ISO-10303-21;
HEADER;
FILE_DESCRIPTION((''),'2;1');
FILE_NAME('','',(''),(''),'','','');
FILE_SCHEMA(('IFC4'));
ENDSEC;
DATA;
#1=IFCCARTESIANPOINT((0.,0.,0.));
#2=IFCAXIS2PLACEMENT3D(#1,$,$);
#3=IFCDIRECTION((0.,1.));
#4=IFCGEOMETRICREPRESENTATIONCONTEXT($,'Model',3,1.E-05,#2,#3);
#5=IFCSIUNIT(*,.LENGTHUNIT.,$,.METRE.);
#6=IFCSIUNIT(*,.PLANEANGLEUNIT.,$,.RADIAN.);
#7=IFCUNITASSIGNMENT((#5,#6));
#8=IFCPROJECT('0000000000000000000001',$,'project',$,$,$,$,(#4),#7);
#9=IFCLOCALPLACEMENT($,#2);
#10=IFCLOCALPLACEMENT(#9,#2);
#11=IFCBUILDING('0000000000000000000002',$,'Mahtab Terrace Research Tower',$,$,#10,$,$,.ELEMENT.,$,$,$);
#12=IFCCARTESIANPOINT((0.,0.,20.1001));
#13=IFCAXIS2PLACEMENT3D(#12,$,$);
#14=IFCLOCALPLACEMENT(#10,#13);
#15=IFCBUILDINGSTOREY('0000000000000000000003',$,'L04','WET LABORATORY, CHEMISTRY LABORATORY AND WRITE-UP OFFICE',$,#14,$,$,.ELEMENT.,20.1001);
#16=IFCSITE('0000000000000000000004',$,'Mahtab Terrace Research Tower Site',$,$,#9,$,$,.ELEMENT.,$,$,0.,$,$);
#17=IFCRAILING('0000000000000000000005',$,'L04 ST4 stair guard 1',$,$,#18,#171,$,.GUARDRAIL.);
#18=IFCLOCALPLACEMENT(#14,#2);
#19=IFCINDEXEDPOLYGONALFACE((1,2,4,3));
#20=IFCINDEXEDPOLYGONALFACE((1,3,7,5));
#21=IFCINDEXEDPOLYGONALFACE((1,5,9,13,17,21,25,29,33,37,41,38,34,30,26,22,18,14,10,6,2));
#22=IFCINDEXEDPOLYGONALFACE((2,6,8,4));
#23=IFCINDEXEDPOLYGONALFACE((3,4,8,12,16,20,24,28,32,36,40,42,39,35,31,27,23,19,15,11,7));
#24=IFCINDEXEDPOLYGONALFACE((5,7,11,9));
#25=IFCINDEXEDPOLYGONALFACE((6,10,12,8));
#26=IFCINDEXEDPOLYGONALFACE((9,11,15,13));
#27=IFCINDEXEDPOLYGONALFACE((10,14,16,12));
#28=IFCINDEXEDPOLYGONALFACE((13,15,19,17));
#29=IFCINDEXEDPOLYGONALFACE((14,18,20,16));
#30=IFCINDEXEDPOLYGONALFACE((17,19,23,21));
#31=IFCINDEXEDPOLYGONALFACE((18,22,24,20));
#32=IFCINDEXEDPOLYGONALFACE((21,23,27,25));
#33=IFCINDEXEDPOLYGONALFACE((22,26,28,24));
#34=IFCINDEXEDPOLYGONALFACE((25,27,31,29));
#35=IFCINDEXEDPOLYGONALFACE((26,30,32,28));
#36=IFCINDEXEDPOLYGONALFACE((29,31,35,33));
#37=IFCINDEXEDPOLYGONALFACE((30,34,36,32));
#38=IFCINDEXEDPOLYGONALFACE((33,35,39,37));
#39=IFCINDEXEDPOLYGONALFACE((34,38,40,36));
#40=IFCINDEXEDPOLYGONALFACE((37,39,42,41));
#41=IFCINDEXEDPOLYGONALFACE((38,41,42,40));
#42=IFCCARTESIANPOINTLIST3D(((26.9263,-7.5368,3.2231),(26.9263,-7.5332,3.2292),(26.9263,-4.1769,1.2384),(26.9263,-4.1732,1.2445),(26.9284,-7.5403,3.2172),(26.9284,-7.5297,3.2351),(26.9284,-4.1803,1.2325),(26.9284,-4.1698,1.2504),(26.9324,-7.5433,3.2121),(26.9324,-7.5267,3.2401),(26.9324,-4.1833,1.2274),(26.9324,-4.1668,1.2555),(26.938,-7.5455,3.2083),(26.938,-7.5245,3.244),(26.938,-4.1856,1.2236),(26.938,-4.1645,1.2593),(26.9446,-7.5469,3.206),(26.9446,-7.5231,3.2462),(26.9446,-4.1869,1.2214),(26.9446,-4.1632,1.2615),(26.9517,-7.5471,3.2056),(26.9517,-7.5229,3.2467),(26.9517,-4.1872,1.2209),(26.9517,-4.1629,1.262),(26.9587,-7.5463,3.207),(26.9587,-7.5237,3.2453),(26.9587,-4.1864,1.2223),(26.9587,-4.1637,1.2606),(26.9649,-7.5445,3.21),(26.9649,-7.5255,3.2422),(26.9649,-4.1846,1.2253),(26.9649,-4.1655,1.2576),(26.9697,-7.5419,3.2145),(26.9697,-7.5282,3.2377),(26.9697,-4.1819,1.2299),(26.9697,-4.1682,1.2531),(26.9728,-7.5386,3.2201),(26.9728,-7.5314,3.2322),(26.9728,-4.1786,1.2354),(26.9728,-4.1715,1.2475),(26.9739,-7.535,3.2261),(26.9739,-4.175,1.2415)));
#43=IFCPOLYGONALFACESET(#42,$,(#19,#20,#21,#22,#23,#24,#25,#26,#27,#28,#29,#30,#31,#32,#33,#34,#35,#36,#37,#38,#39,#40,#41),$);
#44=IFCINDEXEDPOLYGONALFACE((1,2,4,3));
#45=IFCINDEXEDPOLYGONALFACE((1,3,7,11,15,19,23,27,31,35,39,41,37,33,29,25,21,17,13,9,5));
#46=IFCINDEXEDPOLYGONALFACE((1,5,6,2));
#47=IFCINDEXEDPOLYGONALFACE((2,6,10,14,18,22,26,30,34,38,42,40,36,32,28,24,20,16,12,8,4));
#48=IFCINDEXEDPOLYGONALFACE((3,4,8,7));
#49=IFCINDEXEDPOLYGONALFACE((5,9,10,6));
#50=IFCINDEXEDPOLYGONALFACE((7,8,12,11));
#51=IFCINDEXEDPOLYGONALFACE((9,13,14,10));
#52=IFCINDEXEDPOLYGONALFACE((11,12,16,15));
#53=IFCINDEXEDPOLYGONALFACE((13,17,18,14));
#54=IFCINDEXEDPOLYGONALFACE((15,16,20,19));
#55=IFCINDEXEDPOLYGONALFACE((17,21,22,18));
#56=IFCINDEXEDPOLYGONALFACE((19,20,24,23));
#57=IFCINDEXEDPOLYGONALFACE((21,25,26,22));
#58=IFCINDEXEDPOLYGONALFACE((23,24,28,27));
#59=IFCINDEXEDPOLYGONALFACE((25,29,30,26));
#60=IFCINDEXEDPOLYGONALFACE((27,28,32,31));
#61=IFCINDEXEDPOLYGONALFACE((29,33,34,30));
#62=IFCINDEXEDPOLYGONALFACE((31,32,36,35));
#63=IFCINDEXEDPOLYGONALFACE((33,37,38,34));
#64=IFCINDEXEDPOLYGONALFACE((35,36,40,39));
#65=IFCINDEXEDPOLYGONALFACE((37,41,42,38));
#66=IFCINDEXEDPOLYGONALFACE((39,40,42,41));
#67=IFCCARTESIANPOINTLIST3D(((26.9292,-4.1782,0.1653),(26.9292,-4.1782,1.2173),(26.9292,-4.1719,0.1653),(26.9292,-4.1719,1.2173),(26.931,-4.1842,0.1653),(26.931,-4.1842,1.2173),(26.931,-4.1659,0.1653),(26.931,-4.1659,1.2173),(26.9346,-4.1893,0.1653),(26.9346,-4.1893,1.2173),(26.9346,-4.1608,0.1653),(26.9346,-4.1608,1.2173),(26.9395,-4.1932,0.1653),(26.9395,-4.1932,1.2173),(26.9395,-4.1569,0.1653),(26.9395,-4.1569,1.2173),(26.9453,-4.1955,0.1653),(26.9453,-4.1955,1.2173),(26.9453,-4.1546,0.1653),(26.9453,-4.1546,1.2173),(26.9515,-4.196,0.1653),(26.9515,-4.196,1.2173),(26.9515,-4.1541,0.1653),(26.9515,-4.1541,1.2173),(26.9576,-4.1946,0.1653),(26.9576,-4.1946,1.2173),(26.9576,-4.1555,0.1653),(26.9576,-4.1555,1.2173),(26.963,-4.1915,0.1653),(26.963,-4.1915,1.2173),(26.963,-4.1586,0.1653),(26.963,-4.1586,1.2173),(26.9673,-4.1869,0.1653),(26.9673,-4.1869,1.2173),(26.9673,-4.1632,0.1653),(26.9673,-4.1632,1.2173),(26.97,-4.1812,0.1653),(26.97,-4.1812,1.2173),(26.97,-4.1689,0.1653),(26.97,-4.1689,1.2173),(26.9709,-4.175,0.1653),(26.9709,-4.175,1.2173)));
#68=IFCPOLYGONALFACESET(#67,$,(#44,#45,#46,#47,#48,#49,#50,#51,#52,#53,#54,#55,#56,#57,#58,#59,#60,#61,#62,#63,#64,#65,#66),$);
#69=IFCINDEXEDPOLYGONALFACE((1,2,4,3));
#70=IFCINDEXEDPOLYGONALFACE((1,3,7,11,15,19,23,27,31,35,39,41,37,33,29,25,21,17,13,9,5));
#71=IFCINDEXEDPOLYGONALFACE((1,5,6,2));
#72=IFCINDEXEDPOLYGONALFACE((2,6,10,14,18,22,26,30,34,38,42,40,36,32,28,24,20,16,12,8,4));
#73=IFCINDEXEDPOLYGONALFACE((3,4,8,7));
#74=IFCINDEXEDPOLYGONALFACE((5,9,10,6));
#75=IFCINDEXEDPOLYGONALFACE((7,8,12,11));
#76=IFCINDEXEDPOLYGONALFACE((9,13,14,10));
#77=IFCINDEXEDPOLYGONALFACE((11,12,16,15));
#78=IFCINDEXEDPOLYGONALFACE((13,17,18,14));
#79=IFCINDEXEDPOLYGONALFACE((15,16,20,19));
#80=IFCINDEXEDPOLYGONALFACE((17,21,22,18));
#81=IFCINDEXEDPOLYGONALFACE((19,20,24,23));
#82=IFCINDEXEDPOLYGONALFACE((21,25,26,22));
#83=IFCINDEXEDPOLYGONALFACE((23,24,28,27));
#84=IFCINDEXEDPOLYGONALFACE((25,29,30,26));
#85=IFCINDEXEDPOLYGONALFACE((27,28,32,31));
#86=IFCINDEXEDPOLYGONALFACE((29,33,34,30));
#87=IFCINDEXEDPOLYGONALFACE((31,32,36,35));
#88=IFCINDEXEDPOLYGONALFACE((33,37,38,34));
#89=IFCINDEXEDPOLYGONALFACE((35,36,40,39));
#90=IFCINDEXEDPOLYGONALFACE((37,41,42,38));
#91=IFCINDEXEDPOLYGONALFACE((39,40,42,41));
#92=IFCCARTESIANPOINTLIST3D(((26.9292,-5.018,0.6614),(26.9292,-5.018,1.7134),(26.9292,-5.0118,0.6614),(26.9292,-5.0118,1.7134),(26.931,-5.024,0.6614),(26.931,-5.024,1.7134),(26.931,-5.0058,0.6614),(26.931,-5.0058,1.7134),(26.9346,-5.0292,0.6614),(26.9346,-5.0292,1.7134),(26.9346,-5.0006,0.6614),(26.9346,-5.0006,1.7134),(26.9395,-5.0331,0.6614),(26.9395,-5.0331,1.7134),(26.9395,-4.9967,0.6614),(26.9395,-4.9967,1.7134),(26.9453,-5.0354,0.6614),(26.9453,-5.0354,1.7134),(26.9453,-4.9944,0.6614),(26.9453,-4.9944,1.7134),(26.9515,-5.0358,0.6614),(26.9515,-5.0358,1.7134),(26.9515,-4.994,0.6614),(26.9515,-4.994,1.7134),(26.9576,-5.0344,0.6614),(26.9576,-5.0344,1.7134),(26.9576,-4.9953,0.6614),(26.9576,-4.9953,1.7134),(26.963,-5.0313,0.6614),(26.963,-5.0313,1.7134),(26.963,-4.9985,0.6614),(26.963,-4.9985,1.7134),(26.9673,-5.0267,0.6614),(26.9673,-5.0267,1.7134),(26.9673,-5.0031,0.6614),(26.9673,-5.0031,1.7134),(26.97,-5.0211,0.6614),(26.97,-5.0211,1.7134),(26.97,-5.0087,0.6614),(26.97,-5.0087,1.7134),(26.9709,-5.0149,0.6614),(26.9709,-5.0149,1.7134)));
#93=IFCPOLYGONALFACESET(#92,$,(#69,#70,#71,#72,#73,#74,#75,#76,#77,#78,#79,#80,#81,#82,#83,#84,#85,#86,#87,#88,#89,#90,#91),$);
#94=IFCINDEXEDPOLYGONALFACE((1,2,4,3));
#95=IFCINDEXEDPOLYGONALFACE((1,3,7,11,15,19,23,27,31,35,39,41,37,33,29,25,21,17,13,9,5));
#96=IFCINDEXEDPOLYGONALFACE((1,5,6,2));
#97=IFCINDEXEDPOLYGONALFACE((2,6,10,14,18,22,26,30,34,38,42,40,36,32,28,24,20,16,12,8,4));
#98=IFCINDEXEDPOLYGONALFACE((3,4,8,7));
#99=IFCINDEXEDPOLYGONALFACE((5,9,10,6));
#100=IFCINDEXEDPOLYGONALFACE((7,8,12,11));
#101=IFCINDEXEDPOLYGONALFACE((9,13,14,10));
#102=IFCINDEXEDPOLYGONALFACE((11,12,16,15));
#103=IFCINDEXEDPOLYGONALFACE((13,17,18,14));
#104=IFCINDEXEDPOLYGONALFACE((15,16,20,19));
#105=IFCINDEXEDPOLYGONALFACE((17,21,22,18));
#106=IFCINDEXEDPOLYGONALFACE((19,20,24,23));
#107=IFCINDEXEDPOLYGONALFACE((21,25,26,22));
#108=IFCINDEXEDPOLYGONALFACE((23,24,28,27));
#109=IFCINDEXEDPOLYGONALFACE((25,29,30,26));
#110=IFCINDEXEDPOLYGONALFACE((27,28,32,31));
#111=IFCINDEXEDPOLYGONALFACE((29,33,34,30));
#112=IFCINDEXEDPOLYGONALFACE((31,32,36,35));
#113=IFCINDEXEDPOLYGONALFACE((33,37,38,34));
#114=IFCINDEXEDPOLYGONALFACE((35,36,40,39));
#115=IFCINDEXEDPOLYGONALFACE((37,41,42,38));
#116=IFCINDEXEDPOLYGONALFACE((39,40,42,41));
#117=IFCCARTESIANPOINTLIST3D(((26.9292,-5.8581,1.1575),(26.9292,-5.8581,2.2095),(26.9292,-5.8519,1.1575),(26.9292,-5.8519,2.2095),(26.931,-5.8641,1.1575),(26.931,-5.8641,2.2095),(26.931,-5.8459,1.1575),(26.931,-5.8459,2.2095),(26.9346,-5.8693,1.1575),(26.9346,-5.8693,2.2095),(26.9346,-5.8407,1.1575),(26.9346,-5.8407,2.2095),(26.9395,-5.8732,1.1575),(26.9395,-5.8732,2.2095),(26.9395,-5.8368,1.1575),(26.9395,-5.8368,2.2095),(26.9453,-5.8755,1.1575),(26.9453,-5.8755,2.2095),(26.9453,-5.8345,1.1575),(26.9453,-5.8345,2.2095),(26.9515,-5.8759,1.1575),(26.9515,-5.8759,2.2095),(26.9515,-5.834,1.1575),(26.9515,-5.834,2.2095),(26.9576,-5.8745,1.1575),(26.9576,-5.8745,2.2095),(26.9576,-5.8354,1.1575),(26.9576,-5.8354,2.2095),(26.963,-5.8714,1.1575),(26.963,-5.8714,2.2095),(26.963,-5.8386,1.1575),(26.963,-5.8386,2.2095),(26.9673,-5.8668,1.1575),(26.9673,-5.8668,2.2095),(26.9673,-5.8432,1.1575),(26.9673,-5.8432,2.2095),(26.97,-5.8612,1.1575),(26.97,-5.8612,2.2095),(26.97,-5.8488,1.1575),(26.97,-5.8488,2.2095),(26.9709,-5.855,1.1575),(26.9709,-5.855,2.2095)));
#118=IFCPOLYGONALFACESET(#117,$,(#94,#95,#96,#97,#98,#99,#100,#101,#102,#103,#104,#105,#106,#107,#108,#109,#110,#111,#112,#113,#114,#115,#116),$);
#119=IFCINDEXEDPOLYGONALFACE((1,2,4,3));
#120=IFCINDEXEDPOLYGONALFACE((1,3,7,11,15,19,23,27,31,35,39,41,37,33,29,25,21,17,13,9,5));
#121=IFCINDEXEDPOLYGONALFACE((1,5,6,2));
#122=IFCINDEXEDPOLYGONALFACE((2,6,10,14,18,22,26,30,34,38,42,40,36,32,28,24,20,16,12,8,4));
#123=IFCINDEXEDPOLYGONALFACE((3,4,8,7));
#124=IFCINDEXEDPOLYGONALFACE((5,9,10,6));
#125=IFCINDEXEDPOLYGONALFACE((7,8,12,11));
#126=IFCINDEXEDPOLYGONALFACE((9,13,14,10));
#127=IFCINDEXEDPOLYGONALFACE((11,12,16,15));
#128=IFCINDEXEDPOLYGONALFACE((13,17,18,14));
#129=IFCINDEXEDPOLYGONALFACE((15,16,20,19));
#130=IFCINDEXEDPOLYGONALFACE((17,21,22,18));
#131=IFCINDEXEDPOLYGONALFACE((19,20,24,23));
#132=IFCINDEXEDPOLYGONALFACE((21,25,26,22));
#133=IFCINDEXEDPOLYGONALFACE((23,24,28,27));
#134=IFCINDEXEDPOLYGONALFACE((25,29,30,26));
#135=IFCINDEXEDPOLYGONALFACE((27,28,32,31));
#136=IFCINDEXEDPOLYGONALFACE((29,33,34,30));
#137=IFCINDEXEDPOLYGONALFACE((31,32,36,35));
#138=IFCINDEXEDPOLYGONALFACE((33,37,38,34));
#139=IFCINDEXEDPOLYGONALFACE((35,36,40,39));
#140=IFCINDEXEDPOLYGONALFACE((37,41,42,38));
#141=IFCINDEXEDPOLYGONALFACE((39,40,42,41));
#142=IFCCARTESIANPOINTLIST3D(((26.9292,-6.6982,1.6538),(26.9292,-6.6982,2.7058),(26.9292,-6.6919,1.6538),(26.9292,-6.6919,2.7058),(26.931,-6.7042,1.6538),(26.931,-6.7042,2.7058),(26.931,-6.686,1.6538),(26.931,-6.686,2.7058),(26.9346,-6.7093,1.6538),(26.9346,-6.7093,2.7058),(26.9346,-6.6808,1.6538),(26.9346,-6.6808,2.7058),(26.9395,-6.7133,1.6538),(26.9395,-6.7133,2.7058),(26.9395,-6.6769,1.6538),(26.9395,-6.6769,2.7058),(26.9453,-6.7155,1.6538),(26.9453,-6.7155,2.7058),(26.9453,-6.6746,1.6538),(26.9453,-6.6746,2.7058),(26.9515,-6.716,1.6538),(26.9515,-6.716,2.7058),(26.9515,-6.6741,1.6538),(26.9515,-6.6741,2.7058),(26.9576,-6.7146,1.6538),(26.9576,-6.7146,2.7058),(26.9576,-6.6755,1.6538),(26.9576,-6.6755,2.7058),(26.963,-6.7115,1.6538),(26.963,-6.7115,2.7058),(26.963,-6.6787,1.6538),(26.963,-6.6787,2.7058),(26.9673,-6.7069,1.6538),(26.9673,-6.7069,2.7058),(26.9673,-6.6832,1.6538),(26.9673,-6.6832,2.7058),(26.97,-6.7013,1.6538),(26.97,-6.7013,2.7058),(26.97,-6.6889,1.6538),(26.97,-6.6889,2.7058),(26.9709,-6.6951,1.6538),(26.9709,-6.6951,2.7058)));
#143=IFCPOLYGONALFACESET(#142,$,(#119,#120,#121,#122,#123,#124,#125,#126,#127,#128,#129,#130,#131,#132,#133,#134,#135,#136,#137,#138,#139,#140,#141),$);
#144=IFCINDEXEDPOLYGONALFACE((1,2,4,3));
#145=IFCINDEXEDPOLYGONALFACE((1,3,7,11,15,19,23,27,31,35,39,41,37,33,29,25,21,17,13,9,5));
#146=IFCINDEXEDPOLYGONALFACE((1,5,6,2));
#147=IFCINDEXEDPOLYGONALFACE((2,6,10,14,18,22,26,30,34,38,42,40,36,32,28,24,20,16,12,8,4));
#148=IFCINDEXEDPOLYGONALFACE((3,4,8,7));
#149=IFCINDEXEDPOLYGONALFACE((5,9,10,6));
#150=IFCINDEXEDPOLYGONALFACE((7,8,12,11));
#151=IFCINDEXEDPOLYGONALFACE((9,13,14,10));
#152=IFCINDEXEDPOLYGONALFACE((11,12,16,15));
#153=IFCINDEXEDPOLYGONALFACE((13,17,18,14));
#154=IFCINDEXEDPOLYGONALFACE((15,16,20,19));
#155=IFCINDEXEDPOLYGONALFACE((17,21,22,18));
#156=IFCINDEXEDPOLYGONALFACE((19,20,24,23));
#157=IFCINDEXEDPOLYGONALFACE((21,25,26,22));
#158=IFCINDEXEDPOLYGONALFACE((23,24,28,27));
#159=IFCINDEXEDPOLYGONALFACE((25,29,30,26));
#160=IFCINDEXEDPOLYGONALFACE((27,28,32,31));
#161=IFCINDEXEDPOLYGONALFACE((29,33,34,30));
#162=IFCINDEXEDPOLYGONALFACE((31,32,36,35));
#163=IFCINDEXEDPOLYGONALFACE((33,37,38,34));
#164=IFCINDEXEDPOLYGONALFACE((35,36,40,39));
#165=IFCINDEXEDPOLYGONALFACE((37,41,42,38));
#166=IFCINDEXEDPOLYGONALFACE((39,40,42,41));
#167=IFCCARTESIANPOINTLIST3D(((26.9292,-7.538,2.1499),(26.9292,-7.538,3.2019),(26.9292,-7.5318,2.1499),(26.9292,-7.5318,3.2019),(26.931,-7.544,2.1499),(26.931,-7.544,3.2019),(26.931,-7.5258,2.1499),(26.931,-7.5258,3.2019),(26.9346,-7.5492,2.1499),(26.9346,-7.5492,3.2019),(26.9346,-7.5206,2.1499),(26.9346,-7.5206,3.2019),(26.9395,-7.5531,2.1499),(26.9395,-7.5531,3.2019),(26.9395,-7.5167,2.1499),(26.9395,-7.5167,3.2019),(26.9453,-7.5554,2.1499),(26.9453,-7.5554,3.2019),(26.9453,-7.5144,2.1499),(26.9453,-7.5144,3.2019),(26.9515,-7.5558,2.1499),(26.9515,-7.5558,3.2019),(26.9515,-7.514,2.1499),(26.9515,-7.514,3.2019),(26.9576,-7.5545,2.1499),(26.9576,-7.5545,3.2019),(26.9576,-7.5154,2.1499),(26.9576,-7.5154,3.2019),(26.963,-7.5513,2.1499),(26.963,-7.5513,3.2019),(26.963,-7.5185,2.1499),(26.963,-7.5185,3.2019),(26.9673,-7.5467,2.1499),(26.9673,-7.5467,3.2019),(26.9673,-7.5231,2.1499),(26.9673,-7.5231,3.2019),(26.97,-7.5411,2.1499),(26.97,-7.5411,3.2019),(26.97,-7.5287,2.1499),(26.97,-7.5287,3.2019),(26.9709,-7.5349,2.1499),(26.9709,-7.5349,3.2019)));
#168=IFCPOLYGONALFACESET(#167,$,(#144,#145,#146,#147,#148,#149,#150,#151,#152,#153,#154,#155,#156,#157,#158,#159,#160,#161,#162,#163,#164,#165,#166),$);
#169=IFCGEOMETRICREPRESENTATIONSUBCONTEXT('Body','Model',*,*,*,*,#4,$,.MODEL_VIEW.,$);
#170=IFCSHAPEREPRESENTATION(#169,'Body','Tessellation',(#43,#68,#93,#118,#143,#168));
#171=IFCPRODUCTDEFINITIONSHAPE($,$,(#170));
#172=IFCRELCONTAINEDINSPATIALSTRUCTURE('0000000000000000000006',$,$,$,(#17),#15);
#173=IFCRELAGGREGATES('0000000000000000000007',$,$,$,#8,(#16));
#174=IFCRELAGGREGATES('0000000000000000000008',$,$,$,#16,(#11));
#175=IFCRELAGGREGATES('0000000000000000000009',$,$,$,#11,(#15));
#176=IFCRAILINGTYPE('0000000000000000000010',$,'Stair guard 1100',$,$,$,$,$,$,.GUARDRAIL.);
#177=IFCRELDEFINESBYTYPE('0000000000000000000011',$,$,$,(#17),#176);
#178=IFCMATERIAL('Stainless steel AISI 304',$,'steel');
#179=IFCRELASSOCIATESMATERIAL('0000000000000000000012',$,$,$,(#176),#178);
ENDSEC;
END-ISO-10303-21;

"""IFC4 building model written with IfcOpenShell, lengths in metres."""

from ifc_helpers import new_model, si_unit, direction, frame, origin, origin_2d, place, context, subcontext, project, spatial, circle, extrude, material, type_object, element, save


model = new_model("IFC4")

# Units and contexts
model_context = context("Model", 3, precision=1e-05, world=origin(), true_north=direction((0.0, 1.0)))
body_context = subcontext(model_context, "Body", "Model", "MODEL_VIEW")
ifc_project = project(units=[si_unit("LENGTHUNIT", "METRE"), si_unit("PLANEANGLEUNIT", "RADIAN")], contexts=[model_context])

# Site, building, storey
site_placement = place(None, origin())
site = spatial("IfcSite", under=ifc_project, at=site_placement, Name="Mahtab Terrace Research Tower Site", CompositionType="ELEMENT", RefElevation=0.0)
building_placement = place(site_placement, origin())
building = spatial("IfcBuilding", under=site, at=building_placement, Name="Mahtab Terrace Research Tower", CompositionType="ELEMENT")
storey_placement = place(building_placement, frame((0.0, 0.0, 20.1001)))
storey = spatial("IfcBuildingStorey", under=building, at=storey_placement, Name="L04", Description="WET LABORATORY, CHEMISTRY LABORATORY AND WRITE-UP OFFICE", CompositionType="ELEMENT", Elevation=20.1001)

# Railing
ifc_material_1 = material(Name="Stainless steel AISI 304", Category="steel")
railing_type_1 = type_object("IfcRailingType", Name="Stair guard 1100", PredefinedType="GUARDRAIL", material=ifc_material_1)
railing_1_placement = place(storey_placement, frame((26.95, -4.175, 0.1653)))
element("IfcRailing", 1, at=railing_1_placement, inside=storey, type_object=railing_type_1, Name="L04 ST4 stair guard 1", PredefinedType="GUARDRAIL", context=body_context, shape_type="SweptSolid", body=[
    extrude(circle(Radius=0.0239, at=origin_2d()), frame((0.0, 0.0, 1.0762), z_axis=(0.0, -0.861011, 0.508586), x_axis=(1.0, 0.0, 0.0)), (0.0, 0.0, 1.0), 3.9023),
    extrude(circle(Radius=0.021, at=origin_2d()), origin(), (0.0, 0.0, 1.0), 1.052),
    extrude(circle(Radius=0.021, at=origin_2d()), frame((0.0, -0.8398, 0.4961)), (0.0, 0.0, 1.0), 1.052),
    extrude(circle(Radius=0.021, at=origin_2d()), frame((0.0, -1.6799, 0.9922)), (0.0, 0.0, 1.0), 1.052),
    extrude(circle(Radius=0.021, at=origin_2d()), frame((0.0, -2.52, 1.4885)), (0.0, 0.0, 1.0), 1.052),
    extrude(circle(Radius=0.021, at=origin_2d()), frame((0.0, -3.3599, 1.9846)), (0.0, 0.0, 1.0), 1.052),
])

save(model, "model.ifc")
